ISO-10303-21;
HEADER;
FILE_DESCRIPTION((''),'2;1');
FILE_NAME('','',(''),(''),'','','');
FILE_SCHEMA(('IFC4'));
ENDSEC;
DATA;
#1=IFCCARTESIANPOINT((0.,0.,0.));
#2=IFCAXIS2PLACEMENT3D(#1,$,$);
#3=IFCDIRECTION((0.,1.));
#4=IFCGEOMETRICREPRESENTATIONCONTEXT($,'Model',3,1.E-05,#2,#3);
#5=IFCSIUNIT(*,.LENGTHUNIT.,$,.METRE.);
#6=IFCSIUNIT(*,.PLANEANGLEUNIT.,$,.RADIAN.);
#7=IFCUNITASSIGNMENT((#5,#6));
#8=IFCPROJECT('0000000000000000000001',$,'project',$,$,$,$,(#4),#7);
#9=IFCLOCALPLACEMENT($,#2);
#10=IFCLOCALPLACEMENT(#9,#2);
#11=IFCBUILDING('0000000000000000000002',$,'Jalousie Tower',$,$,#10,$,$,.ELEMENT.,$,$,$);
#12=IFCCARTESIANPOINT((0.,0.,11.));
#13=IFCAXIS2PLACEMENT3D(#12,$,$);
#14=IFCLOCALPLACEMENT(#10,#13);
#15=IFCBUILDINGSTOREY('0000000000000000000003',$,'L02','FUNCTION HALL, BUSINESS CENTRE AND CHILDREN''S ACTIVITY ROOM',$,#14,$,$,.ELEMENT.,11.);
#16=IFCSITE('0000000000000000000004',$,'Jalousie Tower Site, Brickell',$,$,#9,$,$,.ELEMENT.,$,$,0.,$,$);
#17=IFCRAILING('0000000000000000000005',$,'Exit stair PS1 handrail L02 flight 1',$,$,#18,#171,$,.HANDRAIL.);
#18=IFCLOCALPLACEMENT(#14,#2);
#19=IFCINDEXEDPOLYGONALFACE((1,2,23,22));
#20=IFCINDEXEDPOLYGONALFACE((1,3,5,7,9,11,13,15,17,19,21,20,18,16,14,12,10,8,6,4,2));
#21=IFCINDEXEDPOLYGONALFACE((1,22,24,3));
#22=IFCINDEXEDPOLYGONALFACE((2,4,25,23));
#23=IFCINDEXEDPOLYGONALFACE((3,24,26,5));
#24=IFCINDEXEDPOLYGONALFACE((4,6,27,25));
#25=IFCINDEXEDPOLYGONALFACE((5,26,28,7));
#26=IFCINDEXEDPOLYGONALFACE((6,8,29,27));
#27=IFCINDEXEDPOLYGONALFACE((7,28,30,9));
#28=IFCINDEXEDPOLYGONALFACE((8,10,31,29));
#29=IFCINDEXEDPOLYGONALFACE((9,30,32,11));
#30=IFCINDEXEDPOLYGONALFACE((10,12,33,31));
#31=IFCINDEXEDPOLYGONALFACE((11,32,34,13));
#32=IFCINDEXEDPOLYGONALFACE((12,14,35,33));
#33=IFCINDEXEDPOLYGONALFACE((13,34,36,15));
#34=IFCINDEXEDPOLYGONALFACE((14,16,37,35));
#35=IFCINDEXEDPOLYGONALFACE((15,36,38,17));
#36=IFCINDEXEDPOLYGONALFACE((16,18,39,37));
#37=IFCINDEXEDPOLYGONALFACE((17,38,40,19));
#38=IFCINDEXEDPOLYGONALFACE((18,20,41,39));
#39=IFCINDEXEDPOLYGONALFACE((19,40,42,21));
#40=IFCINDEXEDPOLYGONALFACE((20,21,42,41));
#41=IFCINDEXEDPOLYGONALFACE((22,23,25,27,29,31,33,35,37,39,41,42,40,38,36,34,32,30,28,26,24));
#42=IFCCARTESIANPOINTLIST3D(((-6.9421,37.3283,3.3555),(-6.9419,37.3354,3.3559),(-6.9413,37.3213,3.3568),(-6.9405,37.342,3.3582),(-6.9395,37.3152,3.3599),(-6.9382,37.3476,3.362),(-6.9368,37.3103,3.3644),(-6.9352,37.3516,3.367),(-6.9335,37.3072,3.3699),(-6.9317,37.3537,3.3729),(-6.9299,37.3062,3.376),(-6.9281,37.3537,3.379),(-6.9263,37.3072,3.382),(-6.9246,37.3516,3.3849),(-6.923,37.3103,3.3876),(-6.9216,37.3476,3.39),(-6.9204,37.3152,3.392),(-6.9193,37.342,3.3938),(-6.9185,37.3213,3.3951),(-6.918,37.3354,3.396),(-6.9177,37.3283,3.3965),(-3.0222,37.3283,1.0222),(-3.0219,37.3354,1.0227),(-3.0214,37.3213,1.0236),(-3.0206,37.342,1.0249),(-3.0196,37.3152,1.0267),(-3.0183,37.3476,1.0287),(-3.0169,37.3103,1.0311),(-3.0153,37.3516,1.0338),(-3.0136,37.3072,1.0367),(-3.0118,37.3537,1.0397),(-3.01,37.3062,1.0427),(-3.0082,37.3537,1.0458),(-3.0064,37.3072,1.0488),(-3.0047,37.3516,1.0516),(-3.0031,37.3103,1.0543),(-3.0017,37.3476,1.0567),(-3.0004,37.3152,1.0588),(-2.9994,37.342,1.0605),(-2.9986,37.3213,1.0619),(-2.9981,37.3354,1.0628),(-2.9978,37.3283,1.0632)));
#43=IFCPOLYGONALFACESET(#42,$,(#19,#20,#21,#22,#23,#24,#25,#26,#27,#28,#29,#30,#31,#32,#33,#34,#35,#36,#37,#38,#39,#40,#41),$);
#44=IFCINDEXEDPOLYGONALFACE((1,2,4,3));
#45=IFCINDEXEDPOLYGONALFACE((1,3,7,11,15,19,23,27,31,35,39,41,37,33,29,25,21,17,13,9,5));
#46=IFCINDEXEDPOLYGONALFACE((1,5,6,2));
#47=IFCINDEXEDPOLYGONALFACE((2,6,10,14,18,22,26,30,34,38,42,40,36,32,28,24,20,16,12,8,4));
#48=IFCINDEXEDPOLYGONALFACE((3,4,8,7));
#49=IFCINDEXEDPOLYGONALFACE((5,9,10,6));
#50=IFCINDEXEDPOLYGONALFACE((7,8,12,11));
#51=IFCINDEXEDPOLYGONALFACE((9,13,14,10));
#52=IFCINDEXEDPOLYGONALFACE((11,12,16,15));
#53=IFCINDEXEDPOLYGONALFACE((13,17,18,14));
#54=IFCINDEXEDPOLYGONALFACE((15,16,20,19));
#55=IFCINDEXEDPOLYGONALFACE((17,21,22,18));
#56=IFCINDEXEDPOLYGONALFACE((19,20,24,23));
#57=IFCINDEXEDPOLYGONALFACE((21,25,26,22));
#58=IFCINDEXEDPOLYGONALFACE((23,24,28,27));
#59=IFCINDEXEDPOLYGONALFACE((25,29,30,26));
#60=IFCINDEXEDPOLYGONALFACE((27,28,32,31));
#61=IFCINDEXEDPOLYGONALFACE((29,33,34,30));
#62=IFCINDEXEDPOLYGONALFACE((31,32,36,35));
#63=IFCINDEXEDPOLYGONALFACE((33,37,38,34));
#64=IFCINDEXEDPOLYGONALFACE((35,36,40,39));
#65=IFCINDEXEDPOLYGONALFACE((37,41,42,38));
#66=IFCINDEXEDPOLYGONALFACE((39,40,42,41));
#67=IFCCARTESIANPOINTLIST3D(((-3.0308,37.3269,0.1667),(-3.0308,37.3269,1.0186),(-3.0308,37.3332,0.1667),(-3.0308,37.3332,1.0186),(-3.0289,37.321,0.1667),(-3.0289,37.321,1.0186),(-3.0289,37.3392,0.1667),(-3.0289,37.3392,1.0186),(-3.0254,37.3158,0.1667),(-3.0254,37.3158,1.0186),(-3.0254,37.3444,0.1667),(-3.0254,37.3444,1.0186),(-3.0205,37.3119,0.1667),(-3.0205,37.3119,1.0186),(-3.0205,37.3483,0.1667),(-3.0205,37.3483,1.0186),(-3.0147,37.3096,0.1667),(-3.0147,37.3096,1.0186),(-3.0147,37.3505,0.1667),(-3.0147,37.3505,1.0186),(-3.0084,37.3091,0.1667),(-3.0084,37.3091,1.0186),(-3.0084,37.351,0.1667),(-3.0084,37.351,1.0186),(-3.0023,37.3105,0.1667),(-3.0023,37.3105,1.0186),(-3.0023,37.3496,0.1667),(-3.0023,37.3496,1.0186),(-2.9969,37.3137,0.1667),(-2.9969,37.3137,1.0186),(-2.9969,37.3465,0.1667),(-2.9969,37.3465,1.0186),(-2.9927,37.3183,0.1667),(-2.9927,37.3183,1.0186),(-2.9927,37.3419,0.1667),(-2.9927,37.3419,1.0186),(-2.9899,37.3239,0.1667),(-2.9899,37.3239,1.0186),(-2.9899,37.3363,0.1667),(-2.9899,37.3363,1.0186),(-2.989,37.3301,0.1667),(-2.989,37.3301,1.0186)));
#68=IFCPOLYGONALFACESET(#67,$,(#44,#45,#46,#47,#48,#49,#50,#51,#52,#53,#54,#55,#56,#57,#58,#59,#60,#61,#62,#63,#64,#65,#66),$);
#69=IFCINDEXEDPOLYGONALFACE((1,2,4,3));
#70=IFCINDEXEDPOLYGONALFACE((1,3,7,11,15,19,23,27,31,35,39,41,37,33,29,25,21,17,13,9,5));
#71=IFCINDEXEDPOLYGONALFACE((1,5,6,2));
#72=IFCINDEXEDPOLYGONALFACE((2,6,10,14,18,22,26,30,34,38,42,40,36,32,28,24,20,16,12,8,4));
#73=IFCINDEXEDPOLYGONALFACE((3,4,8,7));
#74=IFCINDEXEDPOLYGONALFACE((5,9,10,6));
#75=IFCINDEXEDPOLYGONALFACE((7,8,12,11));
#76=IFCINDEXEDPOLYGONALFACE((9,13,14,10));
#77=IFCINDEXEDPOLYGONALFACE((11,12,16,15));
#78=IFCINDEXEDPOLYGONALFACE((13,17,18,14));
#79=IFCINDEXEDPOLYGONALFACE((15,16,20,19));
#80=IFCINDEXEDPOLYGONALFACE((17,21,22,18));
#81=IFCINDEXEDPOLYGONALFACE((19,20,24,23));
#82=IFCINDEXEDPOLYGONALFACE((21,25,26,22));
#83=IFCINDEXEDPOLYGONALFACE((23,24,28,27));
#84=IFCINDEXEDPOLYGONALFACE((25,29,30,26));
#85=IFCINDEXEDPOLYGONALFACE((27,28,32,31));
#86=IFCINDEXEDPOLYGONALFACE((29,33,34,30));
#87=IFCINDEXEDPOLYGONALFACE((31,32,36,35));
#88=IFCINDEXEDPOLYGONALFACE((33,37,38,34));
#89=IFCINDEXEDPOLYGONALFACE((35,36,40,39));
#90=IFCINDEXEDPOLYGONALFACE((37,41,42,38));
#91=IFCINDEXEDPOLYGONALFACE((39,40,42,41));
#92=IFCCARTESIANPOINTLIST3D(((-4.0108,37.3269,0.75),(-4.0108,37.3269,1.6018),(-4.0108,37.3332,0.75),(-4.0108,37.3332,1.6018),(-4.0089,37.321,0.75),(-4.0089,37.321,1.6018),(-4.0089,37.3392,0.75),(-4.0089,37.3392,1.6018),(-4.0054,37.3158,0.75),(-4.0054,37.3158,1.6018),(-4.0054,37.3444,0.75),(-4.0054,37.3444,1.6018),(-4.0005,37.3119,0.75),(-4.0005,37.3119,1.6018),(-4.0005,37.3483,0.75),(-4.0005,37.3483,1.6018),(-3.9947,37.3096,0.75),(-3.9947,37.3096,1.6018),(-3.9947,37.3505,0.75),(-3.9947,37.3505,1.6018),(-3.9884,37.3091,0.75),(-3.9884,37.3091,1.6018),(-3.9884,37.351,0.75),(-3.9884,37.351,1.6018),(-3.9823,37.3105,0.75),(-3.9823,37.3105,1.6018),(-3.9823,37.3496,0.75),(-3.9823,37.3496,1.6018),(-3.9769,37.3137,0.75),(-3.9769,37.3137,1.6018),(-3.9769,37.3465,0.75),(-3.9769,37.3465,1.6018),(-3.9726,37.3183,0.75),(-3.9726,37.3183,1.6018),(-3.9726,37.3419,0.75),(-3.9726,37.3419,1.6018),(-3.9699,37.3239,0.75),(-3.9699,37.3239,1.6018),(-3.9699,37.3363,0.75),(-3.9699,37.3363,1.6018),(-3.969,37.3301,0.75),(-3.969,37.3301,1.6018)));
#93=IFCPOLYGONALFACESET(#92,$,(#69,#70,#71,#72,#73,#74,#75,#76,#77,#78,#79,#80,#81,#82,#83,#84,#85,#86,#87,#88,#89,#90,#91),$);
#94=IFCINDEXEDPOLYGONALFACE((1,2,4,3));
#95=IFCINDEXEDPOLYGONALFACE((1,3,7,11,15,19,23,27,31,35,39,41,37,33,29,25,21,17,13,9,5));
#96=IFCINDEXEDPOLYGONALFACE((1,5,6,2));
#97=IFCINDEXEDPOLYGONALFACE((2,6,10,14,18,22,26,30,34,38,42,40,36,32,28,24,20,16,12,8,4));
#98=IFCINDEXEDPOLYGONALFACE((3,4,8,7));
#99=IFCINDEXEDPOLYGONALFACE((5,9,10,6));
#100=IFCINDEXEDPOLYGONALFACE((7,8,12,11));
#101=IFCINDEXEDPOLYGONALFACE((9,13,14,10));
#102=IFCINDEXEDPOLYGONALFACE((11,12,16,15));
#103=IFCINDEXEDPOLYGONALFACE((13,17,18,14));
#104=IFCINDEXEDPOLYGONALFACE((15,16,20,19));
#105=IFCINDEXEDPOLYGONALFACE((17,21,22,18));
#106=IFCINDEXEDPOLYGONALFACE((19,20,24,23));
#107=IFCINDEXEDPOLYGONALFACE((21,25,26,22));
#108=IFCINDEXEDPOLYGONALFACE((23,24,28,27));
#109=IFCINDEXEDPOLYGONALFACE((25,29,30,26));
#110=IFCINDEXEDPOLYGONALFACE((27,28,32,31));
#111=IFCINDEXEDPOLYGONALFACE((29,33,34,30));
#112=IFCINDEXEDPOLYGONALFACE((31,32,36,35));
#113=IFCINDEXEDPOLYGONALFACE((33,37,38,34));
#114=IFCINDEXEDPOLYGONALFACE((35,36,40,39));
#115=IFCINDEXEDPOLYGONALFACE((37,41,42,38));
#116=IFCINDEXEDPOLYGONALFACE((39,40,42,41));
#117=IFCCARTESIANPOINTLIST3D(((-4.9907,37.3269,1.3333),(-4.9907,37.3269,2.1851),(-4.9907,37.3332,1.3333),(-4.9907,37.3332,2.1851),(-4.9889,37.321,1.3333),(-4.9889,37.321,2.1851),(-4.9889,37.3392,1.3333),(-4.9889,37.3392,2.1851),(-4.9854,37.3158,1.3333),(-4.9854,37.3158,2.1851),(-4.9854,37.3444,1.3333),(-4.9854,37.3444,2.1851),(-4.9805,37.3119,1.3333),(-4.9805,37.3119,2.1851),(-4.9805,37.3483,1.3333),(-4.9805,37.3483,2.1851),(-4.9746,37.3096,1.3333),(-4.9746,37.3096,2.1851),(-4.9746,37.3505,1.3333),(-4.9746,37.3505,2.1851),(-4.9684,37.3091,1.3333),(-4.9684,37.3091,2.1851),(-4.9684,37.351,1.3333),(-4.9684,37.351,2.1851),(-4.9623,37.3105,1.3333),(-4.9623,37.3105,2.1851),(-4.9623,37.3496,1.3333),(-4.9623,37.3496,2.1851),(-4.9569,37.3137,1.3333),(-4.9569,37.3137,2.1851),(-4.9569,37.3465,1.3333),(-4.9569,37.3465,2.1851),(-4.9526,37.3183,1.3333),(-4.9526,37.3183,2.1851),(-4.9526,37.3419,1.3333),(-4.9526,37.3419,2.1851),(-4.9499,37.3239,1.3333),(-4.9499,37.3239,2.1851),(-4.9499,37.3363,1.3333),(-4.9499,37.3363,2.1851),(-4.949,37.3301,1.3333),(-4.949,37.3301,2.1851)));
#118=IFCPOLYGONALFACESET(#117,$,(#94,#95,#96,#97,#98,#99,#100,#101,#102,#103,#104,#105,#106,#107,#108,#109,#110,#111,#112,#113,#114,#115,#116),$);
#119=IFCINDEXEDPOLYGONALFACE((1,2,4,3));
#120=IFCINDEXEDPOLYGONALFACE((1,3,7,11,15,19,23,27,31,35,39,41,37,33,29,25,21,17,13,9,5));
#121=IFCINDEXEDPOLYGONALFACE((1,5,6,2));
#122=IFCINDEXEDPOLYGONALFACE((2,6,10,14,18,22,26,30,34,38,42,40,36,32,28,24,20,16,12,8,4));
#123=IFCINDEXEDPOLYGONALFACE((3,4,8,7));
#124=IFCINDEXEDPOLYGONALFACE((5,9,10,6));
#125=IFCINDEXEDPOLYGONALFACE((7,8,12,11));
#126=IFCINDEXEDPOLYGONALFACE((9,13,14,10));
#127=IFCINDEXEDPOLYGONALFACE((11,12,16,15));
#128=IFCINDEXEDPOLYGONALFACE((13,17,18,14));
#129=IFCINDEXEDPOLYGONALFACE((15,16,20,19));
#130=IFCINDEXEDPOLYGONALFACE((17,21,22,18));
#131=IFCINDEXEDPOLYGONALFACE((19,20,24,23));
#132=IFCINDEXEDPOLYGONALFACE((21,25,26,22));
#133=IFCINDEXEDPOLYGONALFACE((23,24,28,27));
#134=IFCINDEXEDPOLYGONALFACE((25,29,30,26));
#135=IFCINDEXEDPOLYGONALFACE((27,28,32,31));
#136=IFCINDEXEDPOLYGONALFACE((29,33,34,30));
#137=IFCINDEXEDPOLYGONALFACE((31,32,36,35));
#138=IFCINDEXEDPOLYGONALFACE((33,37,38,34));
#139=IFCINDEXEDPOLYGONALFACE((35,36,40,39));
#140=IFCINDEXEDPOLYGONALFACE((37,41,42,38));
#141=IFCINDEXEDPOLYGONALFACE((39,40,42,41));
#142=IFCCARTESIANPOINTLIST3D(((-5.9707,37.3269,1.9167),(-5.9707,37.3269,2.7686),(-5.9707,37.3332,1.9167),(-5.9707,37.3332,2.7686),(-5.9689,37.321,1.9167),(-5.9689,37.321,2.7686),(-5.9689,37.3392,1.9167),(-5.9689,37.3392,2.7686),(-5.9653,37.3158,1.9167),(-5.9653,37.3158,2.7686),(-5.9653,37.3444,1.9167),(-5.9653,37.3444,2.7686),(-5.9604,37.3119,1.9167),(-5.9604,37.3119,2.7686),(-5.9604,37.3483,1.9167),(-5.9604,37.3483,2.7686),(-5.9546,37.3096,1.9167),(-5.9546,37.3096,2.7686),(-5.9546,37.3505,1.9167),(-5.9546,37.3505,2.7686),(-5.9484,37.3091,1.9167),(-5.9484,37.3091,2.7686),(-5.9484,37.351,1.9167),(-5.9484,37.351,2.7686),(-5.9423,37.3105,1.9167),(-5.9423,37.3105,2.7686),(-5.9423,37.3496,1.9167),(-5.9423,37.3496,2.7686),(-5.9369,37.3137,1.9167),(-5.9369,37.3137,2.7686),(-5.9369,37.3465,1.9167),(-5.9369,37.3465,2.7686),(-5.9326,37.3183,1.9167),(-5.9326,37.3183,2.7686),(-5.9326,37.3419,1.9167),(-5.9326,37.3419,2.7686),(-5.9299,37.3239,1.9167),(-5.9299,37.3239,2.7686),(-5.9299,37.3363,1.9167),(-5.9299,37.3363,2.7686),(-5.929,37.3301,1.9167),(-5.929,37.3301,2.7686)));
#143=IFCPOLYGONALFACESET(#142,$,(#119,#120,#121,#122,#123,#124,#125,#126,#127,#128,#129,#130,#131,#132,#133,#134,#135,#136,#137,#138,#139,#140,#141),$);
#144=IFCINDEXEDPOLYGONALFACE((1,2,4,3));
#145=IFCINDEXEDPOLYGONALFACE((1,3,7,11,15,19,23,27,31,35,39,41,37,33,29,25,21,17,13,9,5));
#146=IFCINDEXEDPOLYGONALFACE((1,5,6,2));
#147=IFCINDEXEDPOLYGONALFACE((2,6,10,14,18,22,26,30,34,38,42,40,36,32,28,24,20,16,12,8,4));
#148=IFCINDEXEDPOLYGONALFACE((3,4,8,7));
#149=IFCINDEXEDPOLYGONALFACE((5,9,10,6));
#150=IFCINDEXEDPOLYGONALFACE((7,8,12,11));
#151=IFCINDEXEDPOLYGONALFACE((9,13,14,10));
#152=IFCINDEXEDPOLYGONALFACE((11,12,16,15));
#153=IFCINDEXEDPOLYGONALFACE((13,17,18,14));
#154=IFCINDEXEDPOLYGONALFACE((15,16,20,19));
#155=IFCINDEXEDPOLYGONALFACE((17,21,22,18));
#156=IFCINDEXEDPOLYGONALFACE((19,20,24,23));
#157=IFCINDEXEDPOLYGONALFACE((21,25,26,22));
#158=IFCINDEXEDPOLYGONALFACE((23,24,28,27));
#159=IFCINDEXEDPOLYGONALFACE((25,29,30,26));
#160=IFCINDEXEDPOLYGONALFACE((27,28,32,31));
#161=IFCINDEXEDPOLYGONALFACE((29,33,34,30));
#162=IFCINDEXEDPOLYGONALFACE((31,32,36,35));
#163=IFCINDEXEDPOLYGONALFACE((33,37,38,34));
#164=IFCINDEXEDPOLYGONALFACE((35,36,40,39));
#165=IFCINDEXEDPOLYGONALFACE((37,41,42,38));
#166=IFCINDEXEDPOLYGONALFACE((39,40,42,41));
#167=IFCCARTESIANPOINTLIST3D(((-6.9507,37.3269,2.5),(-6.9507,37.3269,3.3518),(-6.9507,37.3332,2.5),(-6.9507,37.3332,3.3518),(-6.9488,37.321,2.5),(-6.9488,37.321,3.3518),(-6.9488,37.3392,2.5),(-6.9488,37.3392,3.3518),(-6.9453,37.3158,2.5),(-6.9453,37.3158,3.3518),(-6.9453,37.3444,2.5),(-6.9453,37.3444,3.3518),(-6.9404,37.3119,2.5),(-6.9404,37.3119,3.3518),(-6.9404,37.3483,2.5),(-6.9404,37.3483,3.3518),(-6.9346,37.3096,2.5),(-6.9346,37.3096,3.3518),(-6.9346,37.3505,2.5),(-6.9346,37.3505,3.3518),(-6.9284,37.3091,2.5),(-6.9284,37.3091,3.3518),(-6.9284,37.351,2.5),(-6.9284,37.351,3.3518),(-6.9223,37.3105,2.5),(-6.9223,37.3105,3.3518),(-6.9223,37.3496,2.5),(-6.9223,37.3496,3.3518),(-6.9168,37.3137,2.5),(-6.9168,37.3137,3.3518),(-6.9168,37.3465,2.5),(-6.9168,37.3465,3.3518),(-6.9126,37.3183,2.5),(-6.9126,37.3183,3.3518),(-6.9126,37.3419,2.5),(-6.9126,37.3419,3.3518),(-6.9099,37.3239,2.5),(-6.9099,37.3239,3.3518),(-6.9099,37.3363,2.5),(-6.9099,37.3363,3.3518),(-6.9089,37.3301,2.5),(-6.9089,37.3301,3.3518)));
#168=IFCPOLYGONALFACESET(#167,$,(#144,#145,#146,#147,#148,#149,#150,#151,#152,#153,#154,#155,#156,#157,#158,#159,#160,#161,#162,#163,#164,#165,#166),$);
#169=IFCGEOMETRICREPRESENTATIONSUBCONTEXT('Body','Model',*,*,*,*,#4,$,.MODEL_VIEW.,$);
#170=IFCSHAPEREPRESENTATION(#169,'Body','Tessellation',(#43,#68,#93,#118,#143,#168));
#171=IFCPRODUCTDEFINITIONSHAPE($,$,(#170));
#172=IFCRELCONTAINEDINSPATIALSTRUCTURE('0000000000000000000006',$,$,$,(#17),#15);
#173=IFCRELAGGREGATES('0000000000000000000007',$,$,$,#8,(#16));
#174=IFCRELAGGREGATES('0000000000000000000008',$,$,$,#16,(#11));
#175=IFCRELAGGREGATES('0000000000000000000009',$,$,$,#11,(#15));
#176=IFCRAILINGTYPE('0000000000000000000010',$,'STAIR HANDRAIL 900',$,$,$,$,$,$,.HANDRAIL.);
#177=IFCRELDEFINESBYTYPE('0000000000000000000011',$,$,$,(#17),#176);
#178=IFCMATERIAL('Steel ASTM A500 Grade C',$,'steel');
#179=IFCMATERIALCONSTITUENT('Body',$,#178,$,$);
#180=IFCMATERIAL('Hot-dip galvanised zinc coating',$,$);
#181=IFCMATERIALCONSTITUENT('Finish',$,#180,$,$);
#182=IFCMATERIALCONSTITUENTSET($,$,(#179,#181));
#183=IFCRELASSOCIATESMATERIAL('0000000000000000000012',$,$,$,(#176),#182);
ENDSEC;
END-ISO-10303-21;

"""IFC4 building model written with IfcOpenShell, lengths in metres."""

from ifc_helpers import new_model, si_unit, direction, frame, origin, origin_2d, place, context, subcontext, project, spatial, circle, extrude, material, constituent, constituent_set, type_object, element, save


model = new_model("IFC4")

# Units and contexts
model_context = context("Model", 3, precision=1e-05, world=origin(), true_north=direction((0.0, 1.0)))
body_context = subcontext(model_context, "Body", "Model", "MODEL_VIEW")
ifc_project = project(units=[si_unit("LENGTHUNIT", "METRE"), si_unit("PLANEANGLEUNIT", "RADIAN")], contexts=[model_context])

# Site, building, storey
site_placement = place(None, origin())
site = spatial("IfcSite", under=ifc_project, at=site_placement, Name="Jalousie Tower Site, Brickell", CompositionType="ELEMENT", RefElevation=0.0)
building_placement = place(site_placement, origin())
building = spatial("IfcBuilding", under=site, at=building_placement, Name="Jalousie Tower", CompositionType="ELEMENT")
storey_placement = place(building_placement, frame((0.0, 0.0, 11.0)))
storey = spatial("IfcBuildingStorey", under=building, at=storey_placement, Name="L02", Description="FUNCTION HALL, BUSINESS CENTRE AND CHILDREN'S ACTIVITY ROOM", CompositionType="ELEMENT", Elevation=11.0)

# Railing
ifc_material_1 = material(Name="Steel ASTM A500 Grade C", Category="steel")
ifc_constituent_1 = constituent(ifc_material_1, Name="Body")
ifc_material_2 = material(Name="Hot-dip galvanised zinc coating")
ifc_constituent_2 = constituent(ifc_material_2, Name="Finish")
ifc_constituent_set_1 = constituent_set(constituents=[ifc_constituent_1, ifc_constituent_2])
railing_type_1 = type_object("IfcRailingType", Name="STAIR HANDRAIL 900", PredefinedType="HANDRAIL", material=ifc_constituent_set_1)
railing_1_placement = place(storey_placement, frame((-3.01, 37.3301, 0.1667)))
element("IfcRailing", 1, at=railing_1_placement, inside=storey, type_object=railing_type_1, Name="Exit stair PS1 handrail L02 flight 1", PredefinedType="HANDRAIL", context=body_context, shape_type="SweptSolid", body=[
    extrude(circle(Radius=0.0239, at=origin_2d()), frame((0.0, 0.0, 0.876), z_axis=(-0.859296, 0.0, 0.511478), x_axis=(0.0, -1.0, 0.0)), (0.0, 0.0, 1.0), 4.5618),
    extrude(circle(Radius=0.021, at=origin_2d()), origin(), (0.0, 0.0, 1.0), 0.8518),
    extrude(circle(Radius=0.021, at=origin_2d()), frame((-0.98, 0.0, 0.5833)), (0.0, 0.0, 1.0), 0.8518),
    extrude(circle(Radius=0.021, at=origin_2d()), frame((-1.96, 0.0, 1.1665)), (0.0, 0.0, 1.0), 0.8518),
    extrude(circle(Radius=0.021, at=origin_2d()), frame((-2.9399, 0.0, 1.75)), (0.0, 0.0, 1.0), 0.8518),
    extrude(circle(Radius=0.021, at=origin_2d()), frame((-3.9199, 0.0, 2.3333)), (0.0, 0.0, 1.0), 0.8518),
])

save(model, "model.ifc")
